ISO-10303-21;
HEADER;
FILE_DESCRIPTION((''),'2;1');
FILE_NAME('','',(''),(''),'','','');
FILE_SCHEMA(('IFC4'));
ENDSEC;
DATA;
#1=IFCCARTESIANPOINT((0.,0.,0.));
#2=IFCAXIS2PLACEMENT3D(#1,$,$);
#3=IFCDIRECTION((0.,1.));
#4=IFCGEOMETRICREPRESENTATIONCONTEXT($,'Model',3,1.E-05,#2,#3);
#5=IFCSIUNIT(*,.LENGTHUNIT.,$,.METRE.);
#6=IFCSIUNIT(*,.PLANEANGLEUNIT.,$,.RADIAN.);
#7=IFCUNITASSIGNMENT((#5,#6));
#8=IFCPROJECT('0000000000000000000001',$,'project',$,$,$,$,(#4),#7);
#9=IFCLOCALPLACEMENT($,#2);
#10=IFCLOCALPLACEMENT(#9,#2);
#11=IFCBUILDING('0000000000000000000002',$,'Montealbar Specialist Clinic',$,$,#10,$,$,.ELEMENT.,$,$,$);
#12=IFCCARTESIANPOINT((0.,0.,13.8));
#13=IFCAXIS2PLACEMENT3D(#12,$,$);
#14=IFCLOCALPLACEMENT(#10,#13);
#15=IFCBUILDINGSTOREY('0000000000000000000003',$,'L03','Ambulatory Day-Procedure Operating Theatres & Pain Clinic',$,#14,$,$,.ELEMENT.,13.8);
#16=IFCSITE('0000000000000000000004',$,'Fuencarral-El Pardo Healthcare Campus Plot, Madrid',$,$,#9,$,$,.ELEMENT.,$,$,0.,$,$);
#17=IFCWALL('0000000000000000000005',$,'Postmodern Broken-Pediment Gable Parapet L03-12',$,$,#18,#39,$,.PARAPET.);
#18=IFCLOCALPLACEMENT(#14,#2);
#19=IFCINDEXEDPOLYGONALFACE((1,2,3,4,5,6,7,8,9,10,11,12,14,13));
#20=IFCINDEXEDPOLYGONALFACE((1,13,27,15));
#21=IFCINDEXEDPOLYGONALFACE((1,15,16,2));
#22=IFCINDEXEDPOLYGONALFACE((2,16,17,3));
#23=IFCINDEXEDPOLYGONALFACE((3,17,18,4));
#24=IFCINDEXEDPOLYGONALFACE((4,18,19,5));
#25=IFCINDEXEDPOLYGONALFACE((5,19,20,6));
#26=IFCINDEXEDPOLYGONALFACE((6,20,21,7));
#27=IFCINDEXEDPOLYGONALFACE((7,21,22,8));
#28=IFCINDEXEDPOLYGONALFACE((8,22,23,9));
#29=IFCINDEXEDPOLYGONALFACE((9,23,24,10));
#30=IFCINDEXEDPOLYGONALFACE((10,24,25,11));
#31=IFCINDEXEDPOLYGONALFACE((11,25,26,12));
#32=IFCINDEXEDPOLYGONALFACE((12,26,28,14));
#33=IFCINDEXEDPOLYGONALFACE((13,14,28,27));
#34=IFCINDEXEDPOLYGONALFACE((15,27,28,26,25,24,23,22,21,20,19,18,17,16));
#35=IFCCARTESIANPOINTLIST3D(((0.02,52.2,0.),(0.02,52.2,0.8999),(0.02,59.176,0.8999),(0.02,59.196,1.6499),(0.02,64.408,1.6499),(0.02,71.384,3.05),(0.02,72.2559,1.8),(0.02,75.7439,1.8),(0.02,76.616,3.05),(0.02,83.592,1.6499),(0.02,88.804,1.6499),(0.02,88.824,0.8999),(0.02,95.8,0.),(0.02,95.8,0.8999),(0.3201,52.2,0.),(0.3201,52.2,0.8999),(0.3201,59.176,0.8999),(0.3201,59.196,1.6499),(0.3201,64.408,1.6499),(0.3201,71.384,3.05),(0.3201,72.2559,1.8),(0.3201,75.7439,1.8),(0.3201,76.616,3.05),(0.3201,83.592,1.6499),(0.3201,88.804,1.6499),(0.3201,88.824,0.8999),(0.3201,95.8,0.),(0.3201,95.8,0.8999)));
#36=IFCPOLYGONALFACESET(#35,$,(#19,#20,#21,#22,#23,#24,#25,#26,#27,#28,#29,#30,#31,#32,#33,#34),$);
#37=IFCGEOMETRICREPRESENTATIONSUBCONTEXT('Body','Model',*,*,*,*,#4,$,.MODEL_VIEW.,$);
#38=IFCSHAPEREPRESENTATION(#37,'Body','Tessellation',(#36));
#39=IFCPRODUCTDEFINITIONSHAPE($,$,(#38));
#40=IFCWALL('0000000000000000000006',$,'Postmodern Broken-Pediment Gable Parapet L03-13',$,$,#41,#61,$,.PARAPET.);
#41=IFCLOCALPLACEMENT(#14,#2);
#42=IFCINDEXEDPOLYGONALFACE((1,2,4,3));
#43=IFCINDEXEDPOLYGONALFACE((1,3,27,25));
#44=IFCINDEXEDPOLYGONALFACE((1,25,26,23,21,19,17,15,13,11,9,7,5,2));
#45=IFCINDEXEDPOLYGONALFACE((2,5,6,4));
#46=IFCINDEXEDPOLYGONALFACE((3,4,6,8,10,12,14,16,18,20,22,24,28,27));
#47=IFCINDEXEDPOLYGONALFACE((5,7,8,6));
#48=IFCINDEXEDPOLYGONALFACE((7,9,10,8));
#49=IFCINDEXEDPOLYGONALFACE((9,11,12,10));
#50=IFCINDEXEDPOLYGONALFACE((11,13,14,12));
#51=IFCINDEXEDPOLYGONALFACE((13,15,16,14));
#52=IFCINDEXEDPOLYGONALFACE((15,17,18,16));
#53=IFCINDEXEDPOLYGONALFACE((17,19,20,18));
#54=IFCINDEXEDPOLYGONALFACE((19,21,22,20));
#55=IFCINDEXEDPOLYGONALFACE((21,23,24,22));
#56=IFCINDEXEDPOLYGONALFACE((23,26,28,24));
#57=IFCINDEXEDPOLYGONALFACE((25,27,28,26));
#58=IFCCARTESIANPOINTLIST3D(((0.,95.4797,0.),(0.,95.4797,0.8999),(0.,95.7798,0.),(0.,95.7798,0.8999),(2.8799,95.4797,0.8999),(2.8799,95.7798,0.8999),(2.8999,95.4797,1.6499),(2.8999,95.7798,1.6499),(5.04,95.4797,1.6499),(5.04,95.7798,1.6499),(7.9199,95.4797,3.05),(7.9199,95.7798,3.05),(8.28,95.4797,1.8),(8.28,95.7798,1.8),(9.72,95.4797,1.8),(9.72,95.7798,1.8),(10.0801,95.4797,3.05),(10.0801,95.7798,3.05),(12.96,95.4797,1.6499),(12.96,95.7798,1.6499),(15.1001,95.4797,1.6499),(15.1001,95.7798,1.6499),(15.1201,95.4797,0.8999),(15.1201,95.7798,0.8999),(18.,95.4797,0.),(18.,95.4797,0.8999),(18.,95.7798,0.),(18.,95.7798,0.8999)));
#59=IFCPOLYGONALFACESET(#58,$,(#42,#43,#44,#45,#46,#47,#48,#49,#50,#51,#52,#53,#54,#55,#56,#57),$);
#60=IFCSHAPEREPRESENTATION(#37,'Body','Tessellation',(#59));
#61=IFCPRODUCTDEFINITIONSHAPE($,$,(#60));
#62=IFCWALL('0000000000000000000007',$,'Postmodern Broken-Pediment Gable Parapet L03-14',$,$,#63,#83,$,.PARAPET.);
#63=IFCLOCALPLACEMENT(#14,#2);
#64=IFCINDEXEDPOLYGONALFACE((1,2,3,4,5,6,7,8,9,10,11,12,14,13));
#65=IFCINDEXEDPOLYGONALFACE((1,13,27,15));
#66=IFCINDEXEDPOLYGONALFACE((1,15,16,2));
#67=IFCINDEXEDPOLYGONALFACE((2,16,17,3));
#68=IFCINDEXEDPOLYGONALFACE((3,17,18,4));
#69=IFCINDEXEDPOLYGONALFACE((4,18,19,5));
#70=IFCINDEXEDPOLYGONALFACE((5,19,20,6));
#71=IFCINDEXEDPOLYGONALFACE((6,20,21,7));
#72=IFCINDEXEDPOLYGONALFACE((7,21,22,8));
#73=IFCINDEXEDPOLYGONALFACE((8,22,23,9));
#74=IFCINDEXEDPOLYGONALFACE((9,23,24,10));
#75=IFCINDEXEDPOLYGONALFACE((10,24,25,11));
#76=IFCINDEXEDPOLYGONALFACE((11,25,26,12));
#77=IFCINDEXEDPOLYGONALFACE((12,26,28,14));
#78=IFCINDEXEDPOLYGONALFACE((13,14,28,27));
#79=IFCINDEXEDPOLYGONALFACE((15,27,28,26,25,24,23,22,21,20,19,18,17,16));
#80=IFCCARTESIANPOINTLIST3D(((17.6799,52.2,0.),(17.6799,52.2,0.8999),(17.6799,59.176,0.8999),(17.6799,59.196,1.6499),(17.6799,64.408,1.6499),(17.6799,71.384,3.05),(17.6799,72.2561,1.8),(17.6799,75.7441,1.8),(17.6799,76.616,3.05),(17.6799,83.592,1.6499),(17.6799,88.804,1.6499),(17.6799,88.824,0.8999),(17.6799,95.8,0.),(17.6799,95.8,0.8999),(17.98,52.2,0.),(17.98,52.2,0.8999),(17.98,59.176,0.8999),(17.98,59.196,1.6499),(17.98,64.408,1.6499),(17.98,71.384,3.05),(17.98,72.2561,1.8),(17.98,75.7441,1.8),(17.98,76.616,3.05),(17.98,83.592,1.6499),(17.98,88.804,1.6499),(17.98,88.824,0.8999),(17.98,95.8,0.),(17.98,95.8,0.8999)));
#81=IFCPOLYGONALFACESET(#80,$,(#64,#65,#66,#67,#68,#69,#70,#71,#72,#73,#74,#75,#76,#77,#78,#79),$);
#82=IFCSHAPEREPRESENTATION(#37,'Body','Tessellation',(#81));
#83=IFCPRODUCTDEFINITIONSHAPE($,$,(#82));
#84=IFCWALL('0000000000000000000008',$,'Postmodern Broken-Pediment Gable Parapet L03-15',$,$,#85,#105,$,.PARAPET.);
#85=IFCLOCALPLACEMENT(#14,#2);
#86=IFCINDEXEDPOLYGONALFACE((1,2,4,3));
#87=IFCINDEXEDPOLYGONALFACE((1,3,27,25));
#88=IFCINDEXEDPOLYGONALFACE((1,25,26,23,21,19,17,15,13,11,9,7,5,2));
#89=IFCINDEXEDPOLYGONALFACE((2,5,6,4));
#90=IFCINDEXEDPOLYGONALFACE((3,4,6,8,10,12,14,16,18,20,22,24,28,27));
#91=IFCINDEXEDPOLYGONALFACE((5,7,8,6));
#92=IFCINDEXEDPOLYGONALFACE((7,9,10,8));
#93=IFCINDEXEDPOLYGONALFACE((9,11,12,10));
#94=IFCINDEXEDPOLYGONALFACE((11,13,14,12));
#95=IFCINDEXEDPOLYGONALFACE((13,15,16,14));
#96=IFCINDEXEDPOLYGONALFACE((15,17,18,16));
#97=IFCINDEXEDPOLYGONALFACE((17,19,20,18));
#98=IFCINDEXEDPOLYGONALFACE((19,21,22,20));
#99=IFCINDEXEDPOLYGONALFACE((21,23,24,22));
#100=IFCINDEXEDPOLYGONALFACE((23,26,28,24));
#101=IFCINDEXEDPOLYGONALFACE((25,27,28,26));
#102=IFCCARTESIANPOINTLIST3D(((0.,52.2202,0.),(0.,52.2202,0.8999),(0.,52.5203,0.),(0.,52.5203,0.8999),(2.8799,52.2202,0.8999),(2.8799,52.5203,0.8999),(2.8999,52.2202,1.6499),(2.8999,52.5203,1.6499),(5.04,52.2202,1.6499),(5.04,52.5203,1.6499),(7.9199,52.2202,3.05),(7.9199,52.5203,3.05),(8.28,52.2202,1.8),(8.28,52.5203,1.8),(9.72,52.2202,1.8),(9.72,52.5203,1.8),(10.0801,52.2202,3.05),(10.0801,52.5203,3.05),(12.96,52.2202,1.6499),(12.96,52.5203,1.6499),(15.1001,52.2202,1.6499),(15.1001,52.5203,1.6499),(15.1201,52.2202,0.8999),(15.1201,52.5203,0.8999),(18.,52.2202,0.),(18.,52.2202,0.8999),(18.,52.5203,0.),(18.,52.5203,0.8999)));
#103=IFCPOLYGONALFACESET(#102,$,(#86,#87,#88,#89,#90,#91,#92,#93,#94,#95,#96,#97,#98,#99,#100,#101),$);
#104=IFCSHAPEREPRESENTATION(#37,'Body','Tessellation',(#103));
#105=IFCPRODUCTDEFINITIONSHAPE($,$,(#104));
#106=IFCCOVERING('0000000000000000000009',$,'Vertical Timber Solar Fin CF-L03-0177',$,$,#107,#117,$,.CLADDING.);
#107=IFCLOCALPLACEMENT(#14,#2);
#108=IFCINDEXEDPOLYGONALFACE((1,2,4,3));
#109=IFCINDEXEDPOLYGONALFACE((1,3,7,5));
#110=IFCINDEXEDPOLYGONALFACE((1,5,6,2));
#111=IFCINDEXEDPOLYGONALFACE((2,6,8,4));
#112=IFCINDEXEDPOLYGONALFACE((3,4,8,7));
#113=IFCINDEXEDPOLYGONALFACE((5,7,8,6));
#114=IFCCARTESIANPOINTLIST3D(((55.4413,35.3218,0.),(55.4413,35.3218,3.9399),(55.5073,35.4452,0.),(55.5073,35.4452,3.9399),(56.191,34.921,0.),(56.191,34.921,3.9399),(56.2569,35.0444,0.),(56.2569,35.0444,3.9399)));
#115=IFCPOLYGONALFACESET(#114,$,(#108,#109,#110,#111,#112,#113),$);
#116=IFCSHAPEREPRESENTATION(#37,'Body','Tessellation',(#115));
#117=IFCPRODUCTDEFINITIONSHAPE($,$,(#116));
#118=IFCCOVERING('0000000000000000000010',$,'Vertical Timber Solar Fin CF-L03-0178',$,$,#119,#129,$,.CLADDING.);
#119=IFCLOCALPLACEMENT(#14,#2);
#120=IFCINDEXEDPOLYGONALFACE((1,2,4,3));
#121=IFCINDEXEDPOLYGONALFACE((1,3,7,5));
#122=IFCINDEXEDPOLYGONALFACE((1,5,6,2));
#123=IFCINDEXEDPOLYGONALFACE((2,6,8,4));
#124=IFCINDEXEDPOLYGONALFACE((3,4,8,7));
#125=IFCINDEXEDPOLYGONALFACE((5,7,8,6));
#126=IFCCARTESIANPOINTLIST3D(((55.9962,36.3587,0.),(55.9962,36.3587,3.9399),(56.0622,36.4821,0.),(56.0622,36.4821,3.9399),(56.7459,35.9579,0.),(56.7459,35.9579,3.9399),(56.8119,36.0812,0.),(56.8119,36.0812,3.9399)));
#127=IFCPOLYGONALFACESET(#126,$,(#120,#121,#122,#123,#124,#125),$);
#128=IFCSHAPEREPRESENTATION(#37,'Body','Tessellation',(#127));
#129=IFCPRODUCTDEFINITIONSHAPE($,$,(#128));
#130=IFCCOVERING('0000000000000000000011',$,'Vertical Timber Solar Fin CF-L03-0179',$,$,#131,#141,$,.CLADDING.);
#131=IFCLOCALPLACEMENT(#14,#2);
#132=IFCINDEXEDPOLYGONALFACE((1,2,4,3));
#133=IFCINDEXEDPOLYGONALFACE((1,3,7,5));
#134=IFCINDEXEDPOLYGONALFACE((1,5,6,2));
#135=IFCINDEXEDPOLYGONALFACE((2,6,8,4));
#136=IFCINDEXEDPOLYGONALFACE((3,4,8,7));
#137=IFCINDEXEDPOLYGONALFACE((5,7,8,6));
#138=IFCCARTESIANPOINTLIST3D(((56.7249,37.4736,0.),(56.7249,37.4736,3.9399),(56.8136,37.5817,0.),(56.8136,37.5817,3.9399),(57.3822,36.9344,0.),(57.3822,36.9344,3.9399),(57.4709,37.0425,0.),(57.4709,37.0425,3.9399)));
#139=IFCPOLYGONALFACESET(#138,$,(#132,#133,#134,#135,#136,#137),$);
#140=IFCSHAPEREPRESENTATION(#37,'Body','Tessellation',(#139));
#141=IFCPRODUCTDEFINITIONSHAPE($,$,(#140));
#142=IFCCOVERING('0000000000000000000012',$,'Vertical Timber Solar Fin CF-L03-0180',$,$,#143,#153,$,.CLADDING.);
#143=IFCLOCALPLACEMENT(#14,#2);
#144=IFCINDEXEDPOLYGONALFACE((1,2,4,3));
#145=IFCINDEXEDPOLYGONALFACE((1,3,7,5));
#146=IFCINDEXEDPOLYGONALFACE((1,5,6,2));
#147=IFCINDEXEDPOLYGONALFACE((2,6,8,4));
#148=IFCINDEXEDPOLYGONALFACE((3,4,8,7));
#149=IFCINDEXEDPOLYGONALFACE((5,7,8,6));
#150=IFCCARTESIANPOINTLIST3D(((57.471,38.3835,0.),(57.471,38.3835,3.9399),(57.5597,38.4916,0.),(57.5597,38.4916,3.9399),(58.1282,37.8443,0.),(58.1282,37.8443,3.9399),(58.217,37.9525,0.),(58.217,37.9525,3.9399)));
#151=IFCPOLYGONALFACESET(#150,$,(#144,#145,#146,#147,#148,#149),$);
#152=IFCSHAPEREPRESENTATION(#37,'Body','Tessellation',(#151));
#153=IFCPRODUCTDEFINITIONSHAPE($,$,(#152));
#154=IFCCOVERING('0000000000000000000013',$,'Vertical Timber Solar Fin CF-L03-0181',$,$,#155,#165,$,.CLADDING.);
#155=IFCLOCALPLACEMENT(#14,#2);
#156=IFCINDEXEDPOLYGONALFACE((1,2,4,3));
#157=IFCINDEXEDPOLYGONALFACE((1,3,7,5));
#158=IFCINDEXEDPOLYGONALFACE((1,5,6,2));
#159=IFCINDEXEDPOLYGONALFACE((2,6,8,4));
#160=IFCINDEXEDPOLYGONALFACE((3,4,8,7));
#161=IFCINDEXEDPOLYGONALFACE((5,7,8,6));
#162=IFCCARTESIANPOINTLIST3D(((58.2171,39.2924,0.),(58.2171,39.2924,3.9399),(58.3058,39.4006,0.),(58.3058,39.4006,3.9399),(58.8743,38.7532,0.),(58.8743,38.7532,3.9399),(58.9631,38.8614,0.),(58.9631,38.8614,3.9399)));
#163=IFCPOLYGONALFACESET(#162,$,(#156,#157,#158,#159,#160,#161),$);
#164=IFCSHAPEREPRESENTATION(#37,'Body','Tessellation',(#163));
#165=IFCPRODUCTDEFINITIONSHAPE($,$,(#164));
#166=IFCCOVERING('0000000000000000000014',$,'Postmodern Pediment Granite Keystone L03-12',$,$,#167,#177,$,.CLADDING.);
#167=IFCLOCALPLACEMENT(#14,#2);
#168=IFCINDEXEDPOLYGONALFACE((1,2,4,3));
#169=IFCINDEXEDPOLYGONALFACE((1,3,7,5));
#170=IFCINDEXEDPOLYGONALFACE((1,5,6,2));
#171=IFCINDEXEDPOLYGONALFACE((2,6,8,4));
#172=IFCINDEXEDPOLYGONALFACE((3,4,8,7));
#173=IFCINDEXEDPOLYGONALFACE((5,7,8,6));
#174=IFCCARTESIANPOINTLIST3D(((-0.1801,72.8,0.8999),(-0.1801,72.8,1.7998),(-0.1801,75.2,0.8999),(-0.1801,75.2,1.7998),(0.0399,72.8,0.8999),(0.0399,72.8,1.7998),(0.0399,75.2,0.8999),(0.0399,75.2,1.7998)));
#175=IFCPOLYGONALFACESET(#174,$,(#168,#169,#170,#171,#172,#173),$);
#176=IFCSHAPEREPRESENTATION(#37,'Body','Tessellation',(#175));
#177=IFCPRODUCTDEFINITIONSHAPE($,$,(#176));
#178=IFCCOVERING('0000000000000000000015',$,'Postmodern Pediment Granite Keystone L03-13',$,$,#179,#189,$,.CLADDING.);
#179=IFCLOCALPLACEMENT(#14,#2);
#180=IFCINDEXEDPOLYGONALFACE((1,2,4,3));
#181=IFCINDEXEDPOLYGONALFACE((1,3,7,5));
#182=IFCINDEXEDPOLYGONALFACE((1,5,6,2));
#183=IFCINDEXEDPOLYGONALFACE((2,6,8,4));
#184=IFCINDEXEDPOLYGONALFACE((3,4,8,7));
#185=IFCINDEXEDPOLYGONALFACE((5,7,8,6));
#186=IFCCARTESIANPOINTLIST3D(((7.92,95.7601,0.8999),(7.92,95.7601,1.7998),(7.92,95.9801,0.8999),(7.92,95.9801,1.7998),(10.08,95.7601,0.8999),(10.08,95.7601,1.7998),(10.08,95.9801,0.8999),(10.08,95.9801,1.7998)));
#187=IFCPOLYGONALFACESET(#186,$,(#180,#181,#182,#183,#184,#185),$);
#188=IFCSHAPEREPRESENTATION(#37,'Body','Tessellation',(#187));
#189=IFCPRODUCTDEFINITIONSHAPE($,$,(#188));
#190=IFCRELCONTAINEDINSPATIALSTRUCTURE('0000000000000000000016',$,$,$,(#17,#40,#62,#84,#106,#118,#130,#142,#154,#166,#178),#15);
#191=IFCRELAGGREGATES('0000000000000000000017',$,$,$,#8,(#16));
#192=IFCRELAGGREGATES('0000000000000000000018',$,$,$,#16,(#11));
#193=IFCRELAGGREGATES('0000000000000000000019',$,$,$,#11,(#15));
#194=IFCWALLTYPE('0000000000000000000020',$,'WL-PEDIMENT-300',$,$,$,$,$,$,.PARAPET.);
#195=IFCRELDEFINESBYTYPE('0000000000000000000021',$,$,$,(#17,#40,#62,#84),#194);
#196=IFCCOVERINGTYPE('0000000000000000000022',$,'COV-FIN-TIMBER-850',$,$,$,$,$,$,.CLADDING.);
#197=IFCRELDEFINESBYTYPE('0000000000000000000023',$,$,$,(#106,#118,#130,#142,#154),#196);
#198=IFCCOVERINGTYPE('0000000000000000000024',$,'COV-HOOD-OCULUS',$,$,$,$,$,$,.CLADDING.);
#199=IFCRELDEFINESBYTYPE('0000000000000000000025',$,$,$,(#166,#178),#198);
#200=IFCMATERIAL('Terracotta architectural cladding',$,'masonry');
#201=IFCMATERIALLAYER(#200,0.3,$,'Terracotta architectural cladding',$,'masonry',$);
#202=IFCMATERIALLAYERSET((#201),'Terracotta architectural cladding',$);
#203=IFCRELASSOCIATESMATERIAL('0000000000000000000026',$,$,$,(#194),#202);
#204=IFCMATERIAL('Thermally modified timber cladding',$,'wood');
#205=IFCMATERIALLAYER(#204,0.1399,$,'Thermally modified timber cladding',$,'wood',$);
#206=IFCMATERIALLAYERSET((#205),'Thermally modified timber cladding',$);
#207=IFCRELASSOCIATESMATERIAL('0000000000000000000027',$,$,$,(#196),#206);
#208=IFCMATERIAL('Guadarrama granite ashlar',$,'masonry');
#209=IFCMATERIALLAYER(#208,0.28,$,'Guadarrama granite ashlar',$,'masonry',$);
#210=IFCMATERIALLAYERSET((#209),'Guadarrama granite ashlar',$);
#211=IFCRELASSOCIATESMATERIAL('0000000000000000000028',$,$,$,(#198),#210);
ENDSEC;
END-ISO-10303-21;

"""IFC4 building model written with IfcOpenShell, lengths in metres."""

from ifc_helpers import new_model, si_unit, direction, frame, origin, origin_2d, place, context, subcontext, project, spatial, polyline, rectangle, outline, extrude, material, layer, layer_set, type_object, element, save


model = new_model("IFC4")

# Units and contexts
model_context = context("Model", 3, precision=1e-05, world=origin(), true_north=direction((0.0, 1.0)))
body_context = subcontext(model_context, "Body", "Model", "MODEL_VIEW")
ifc_project = project(units=[si_unit("LENGTHUNIT", "METRE"), si_unit("PLANEANGLEUNIT", "RADIAN")], contexts=[model_context])

# Site, building, storey
site_placement = place(None, origin())
site = spatial("IfcSite", under=ifc_project, at=site_placement, Name="Fuencarral-El Pardo Healthcare Campus Plot, Madrid", CompositionType="ELEMENT", RefElevation=0.0)
building_placement = place(site_placement, origin())
building = spatial("IfcBuilding", under=site, at=building_placement, Name="Montealbar Specialist Clinic", CompositionType="ELEMENT")
storey_placement = place(building_placement, frame((0.0, 0.0, 13.8)))
storey = spatial("IfcBuildingStorey", under=building, at=storey_placement, Name="L03", Description="Ambulatory Day-Procedure Operating Theatres & Pain Clinic", CompositionType="ELEMENT", Elevation=13.8)

# Walls
ifc_material_1 = material(Name="Terracotta architectural cladding", Category="masonry")
ifc_layer_1 = layer(ifc_material_1, 0.3, Name="Terracotta architectural cladding", Category="masonry")
ifc_layer_set_1 = layer_set([ifc_layer_1], Name="Terracotta architectural cladding")
wall_type = type_object("IfcWallType", Name="WL-PEDIMENT-300", PredefinedType="PARAPET", material=ifc_layer_set_1)
wall_1_placement = place(storey_placement, frame((0.1699, 52.2, 0.0), z_axis=(0.0, 0.0, 1.0), x_axis=(0.0, 1.0, 0.0)))
element("IfcWall", 1, at=wall_1_placement, inside=storey, type_object=wall_type, Name="Postmodern Broken-Pediment Gable Parapet L03-12", PredefinedType="PARAPET", context=body_context, shape_type="SweptSolid", body=[
    extrude(outline(polyline([(0.0, 0.0), (43.6001, 0.0), (43.6001, 0.8999), (36.624, 0.8999), (36.604, 1.6499), (31.3921, 1.6499), (24.416, 3.05), (23.5439, 1.8), (20.0559, 1.8), (19.1841, 3.05), (12.208, 1.6499), (6.9961, 1.6499), (6.9761, 0.8999), (0.0, 0.8999), (0.0, 0.0)])), frame((0.0, 0.1499, 0.0), z_axis=(0.0, -1.0, 0.0), x_axis=(1.0, 0.0, 0.0)), (0.0, 0.0, 1.0), 0.3),
])
wall_2_placement = place(storey_placement, frame((0.0, 95.6299, 0.0), z_axis=(0.0, 0.0, 1.0), x_axis=(1.0, 0.0, 0.0)))
element("IfcWall", 2, at=wall_2_placement, inside=storey, type_object=wall_type, Name="Postmodern Broken-Pediment Gable Parapet L03-13", PredefinedType="PARAPET", context=body_context, shape_type="SweptSolid", body=[
    extrude(outline(polyline([(0.0, 0.0), (18.0, 0.0), (18.0, 0.8999), (15.1201, 0.8999), (15.1001, 1.6499), (12.96, 1.6499), (10.0801, 3.05), (9.72, 1.8), (8.28, 1.8), (7.9199, 3.05), (5.04, 1.6499), (2.8999, 1.6499), (2.8799, 0.8999), (0.0, 0.8999), (0.0, 0.0)])), frame((0.0, 0.1499, 0.0), z_axis=(0.0, -1.0, 0.0), x_axis=(1.0, 0.0, 0.0)), (0.0, 0.0, 1.0), 0.3),
])
wall_3_placement = place(storey_placement, frame((17.8301, 95.8, 0.0), z_axis=(0.0, 0.0, 1.0), x_axis=(0.0, -1.0, 0.0)))
element("IfcWall", 3, at=wall_3_placement, inside=storey, type_object=wall_type, Name="Postmodern Broken-Pediment Gable Parapet L03-14", PredefinedType="PARAPET", context=body_context, shape_type="SweptSolid", body=[
    extrude(outline(polyline([(0.0, 0.0), (43.6001, 0.0), (43.6001, 0.8999), (36.624, 0.8999), (36.604, 1.6499), (31.3921, 1.6499), (24.416, 3.05), (23.5439, 1.8), (20.0559, 1.8), (19.1841, 3.05), (12.208, 1.6499), (6.9961, 1.6499), (6.9761, 0.8999), (0.0, 0.8999), (0.0, 0.0)])), frame((0.0, 0.1499, 0.0), z_axis=(0.0, -1.0, 0.0), x_axis=(1.0, 0.0, 0.0)), (0.0, 0.0, 1.0), 0.3),
])
wall_4_placement = place(storey_placement, frame((18.0, 52.3701, 0.0), z_axis=(0.0, 0.0, 1.0), x_axis=(-1.0, 0.0, 0.0)))
element("IfcWall", 4, at=wall_4_placement, inside=storey, type_object=wall_type, Name="Postmodern Broken-Pediment Gable Parapet L03-15", PredefinedType="PARAPET", context=body_context, shape_type="SweptSolid", body=[
    extrude(outline(polyline([(0.0, 0.0), (18.0, 0.0), (18.0, 0.8999), (15.1201, 0.8999), (15.1001, 1.6499), (12.96, 1.6499), (10.0801, 3.05), (9.72, 1.8), (8.28, 1.8), (7.9199, 3.05), (5.04, 1.6499), (2.8999, 1.6499), (2.8799, 0.8999), (0.0, 0.8999), (0.0, 0.0)])), frame((0.0, 0.1499, 0.0), z_axis=(0.0, -1.0, 0.0), x_axis=(1.0, 0.0, 0.0)), (0.0, 0.0, 1.0), 0.3),
])

# Coverings
ifc_material_2 = material(Name="Thermally modified timber cladding", Category="wood")
ifc_layer_2 = layer(ifc_material_2, 0.1399, Name="Thermally modified timber cladding", Category="wood")
ifc_layer_set_2 = layer_set([ifc_layer_2], Name="Thermally modified timber cladding")
covering_type_1 = type_object("IfcCoveringType", Name="COV-FIN-TIMBER-850", PredefinedType="CLADDING", material=ifc_layer_set_2)
for number, where, z_axis, x_axis, name in (
    (5, (55.8491, 35.1831, 0.0), (0.0, 0.0, 1.0), (-0.88185, 0.471529, 0.0), "Vertical Timber Solar Fin CF-L03-0177"),
    (6, (56.4041, 36.22, 0.0), (0.0, 0.0, 1.0), (-0.88185, 0.471529, 0.0), "Vertical Timber Solar Fin CF-L03-0178"),
    (7, (57.0979, 37.2581, 0.0), (0.0, 0.0, 1.0), (-0.773123, 0.634256, 0.0), "Vertical Timber Solar Fin CF-L03-0179"),
    (8, (57.844, 38.168, 0.0), (0.0, 0.0, 1.0), (-0.773123, 0.634256, 0.0), "Vertical Timber Solar Fin CF-L03-0180"),
    (9, (58.5901, 39.0769, 0.0), (0.0, 0.0, 1.0), (-0.773123, 0.634256, 0.0), "Vertical Timber Solar Fin CF-L03-0181"),
):
    element("IfcCovering", number, at=place(storey_placement, frame(where, z_axis=z_axis, x_axis=x_axis)), inside=storey, type_object=covering_type_1, Name=name, PredefinedType="CLADDING", context=body_context, shape_type="SweptSolid", body=[
        extrude(rectangle(XDim=0.8501, YDim=0.1399, at=origin_2d()), origin(), (0.0, 0.0, 1.0), 3.9399),
    ])
ifc_material_3 = material(Name="Guadarrama granite ashlar", Category="masonry")
ifc_layer_3 = layer(ifc_material_3, 0.28, Name="Guadarrama granite ashlar", Category="masonry")
ifc_layer_set_3 = layer_set([ifc_layer_3], Name="Guadarrama granite ashlar")
covering_type_2 = type_object("IfcCoveringType", Name="COV-HOOD-OCULUS", PredefinedType="CLADDING", material=ifc_layer_set_3)
covering_1_placement = place(storey_placement, frame((-0.0701, 74.0, 0.8999), z_axis=(0.0, 0.0, 1.0), x_axis=(0.0, 1.0, 0.0)))
element("IfcCovering", 10, at=covering_1_placement, inside=storey, type_object=covering_type_2, Name="Postmodern Pediment Granite Keystone L03-12", PredefinedType="CLADDING", context=body_context, shape_type="SweptSolid", body=[
    extrude(rectangle(XDim=2.3999, YDim=0.22, at=origin_2d()), origin(), (0.0, 0.0, 1.0), 0.8999),
])
covering_2_placement = place(storey_placement, frame((9.0, 95.8701, 0.8999), z_axis=(0.0, 0.0, 1.0), x_axis=(1.0, 0.0, 0.0)))
element("IfcCovering", 11, at=covering_2_placement, inside=storey, type_object=covering_type_2, Name="Postmodern Pediment Granite Keystone L03-13", PredefinedType="CLADDING", context=body_context, shape_type="SweptSolid", body=[
    extrude(rectangle(XDim=2.1599, YDim=0.22, at=origin_2d()), origin(), (0.0, 0.0, 1.0), 0.8999),
])

save(model, "model.ifc")
